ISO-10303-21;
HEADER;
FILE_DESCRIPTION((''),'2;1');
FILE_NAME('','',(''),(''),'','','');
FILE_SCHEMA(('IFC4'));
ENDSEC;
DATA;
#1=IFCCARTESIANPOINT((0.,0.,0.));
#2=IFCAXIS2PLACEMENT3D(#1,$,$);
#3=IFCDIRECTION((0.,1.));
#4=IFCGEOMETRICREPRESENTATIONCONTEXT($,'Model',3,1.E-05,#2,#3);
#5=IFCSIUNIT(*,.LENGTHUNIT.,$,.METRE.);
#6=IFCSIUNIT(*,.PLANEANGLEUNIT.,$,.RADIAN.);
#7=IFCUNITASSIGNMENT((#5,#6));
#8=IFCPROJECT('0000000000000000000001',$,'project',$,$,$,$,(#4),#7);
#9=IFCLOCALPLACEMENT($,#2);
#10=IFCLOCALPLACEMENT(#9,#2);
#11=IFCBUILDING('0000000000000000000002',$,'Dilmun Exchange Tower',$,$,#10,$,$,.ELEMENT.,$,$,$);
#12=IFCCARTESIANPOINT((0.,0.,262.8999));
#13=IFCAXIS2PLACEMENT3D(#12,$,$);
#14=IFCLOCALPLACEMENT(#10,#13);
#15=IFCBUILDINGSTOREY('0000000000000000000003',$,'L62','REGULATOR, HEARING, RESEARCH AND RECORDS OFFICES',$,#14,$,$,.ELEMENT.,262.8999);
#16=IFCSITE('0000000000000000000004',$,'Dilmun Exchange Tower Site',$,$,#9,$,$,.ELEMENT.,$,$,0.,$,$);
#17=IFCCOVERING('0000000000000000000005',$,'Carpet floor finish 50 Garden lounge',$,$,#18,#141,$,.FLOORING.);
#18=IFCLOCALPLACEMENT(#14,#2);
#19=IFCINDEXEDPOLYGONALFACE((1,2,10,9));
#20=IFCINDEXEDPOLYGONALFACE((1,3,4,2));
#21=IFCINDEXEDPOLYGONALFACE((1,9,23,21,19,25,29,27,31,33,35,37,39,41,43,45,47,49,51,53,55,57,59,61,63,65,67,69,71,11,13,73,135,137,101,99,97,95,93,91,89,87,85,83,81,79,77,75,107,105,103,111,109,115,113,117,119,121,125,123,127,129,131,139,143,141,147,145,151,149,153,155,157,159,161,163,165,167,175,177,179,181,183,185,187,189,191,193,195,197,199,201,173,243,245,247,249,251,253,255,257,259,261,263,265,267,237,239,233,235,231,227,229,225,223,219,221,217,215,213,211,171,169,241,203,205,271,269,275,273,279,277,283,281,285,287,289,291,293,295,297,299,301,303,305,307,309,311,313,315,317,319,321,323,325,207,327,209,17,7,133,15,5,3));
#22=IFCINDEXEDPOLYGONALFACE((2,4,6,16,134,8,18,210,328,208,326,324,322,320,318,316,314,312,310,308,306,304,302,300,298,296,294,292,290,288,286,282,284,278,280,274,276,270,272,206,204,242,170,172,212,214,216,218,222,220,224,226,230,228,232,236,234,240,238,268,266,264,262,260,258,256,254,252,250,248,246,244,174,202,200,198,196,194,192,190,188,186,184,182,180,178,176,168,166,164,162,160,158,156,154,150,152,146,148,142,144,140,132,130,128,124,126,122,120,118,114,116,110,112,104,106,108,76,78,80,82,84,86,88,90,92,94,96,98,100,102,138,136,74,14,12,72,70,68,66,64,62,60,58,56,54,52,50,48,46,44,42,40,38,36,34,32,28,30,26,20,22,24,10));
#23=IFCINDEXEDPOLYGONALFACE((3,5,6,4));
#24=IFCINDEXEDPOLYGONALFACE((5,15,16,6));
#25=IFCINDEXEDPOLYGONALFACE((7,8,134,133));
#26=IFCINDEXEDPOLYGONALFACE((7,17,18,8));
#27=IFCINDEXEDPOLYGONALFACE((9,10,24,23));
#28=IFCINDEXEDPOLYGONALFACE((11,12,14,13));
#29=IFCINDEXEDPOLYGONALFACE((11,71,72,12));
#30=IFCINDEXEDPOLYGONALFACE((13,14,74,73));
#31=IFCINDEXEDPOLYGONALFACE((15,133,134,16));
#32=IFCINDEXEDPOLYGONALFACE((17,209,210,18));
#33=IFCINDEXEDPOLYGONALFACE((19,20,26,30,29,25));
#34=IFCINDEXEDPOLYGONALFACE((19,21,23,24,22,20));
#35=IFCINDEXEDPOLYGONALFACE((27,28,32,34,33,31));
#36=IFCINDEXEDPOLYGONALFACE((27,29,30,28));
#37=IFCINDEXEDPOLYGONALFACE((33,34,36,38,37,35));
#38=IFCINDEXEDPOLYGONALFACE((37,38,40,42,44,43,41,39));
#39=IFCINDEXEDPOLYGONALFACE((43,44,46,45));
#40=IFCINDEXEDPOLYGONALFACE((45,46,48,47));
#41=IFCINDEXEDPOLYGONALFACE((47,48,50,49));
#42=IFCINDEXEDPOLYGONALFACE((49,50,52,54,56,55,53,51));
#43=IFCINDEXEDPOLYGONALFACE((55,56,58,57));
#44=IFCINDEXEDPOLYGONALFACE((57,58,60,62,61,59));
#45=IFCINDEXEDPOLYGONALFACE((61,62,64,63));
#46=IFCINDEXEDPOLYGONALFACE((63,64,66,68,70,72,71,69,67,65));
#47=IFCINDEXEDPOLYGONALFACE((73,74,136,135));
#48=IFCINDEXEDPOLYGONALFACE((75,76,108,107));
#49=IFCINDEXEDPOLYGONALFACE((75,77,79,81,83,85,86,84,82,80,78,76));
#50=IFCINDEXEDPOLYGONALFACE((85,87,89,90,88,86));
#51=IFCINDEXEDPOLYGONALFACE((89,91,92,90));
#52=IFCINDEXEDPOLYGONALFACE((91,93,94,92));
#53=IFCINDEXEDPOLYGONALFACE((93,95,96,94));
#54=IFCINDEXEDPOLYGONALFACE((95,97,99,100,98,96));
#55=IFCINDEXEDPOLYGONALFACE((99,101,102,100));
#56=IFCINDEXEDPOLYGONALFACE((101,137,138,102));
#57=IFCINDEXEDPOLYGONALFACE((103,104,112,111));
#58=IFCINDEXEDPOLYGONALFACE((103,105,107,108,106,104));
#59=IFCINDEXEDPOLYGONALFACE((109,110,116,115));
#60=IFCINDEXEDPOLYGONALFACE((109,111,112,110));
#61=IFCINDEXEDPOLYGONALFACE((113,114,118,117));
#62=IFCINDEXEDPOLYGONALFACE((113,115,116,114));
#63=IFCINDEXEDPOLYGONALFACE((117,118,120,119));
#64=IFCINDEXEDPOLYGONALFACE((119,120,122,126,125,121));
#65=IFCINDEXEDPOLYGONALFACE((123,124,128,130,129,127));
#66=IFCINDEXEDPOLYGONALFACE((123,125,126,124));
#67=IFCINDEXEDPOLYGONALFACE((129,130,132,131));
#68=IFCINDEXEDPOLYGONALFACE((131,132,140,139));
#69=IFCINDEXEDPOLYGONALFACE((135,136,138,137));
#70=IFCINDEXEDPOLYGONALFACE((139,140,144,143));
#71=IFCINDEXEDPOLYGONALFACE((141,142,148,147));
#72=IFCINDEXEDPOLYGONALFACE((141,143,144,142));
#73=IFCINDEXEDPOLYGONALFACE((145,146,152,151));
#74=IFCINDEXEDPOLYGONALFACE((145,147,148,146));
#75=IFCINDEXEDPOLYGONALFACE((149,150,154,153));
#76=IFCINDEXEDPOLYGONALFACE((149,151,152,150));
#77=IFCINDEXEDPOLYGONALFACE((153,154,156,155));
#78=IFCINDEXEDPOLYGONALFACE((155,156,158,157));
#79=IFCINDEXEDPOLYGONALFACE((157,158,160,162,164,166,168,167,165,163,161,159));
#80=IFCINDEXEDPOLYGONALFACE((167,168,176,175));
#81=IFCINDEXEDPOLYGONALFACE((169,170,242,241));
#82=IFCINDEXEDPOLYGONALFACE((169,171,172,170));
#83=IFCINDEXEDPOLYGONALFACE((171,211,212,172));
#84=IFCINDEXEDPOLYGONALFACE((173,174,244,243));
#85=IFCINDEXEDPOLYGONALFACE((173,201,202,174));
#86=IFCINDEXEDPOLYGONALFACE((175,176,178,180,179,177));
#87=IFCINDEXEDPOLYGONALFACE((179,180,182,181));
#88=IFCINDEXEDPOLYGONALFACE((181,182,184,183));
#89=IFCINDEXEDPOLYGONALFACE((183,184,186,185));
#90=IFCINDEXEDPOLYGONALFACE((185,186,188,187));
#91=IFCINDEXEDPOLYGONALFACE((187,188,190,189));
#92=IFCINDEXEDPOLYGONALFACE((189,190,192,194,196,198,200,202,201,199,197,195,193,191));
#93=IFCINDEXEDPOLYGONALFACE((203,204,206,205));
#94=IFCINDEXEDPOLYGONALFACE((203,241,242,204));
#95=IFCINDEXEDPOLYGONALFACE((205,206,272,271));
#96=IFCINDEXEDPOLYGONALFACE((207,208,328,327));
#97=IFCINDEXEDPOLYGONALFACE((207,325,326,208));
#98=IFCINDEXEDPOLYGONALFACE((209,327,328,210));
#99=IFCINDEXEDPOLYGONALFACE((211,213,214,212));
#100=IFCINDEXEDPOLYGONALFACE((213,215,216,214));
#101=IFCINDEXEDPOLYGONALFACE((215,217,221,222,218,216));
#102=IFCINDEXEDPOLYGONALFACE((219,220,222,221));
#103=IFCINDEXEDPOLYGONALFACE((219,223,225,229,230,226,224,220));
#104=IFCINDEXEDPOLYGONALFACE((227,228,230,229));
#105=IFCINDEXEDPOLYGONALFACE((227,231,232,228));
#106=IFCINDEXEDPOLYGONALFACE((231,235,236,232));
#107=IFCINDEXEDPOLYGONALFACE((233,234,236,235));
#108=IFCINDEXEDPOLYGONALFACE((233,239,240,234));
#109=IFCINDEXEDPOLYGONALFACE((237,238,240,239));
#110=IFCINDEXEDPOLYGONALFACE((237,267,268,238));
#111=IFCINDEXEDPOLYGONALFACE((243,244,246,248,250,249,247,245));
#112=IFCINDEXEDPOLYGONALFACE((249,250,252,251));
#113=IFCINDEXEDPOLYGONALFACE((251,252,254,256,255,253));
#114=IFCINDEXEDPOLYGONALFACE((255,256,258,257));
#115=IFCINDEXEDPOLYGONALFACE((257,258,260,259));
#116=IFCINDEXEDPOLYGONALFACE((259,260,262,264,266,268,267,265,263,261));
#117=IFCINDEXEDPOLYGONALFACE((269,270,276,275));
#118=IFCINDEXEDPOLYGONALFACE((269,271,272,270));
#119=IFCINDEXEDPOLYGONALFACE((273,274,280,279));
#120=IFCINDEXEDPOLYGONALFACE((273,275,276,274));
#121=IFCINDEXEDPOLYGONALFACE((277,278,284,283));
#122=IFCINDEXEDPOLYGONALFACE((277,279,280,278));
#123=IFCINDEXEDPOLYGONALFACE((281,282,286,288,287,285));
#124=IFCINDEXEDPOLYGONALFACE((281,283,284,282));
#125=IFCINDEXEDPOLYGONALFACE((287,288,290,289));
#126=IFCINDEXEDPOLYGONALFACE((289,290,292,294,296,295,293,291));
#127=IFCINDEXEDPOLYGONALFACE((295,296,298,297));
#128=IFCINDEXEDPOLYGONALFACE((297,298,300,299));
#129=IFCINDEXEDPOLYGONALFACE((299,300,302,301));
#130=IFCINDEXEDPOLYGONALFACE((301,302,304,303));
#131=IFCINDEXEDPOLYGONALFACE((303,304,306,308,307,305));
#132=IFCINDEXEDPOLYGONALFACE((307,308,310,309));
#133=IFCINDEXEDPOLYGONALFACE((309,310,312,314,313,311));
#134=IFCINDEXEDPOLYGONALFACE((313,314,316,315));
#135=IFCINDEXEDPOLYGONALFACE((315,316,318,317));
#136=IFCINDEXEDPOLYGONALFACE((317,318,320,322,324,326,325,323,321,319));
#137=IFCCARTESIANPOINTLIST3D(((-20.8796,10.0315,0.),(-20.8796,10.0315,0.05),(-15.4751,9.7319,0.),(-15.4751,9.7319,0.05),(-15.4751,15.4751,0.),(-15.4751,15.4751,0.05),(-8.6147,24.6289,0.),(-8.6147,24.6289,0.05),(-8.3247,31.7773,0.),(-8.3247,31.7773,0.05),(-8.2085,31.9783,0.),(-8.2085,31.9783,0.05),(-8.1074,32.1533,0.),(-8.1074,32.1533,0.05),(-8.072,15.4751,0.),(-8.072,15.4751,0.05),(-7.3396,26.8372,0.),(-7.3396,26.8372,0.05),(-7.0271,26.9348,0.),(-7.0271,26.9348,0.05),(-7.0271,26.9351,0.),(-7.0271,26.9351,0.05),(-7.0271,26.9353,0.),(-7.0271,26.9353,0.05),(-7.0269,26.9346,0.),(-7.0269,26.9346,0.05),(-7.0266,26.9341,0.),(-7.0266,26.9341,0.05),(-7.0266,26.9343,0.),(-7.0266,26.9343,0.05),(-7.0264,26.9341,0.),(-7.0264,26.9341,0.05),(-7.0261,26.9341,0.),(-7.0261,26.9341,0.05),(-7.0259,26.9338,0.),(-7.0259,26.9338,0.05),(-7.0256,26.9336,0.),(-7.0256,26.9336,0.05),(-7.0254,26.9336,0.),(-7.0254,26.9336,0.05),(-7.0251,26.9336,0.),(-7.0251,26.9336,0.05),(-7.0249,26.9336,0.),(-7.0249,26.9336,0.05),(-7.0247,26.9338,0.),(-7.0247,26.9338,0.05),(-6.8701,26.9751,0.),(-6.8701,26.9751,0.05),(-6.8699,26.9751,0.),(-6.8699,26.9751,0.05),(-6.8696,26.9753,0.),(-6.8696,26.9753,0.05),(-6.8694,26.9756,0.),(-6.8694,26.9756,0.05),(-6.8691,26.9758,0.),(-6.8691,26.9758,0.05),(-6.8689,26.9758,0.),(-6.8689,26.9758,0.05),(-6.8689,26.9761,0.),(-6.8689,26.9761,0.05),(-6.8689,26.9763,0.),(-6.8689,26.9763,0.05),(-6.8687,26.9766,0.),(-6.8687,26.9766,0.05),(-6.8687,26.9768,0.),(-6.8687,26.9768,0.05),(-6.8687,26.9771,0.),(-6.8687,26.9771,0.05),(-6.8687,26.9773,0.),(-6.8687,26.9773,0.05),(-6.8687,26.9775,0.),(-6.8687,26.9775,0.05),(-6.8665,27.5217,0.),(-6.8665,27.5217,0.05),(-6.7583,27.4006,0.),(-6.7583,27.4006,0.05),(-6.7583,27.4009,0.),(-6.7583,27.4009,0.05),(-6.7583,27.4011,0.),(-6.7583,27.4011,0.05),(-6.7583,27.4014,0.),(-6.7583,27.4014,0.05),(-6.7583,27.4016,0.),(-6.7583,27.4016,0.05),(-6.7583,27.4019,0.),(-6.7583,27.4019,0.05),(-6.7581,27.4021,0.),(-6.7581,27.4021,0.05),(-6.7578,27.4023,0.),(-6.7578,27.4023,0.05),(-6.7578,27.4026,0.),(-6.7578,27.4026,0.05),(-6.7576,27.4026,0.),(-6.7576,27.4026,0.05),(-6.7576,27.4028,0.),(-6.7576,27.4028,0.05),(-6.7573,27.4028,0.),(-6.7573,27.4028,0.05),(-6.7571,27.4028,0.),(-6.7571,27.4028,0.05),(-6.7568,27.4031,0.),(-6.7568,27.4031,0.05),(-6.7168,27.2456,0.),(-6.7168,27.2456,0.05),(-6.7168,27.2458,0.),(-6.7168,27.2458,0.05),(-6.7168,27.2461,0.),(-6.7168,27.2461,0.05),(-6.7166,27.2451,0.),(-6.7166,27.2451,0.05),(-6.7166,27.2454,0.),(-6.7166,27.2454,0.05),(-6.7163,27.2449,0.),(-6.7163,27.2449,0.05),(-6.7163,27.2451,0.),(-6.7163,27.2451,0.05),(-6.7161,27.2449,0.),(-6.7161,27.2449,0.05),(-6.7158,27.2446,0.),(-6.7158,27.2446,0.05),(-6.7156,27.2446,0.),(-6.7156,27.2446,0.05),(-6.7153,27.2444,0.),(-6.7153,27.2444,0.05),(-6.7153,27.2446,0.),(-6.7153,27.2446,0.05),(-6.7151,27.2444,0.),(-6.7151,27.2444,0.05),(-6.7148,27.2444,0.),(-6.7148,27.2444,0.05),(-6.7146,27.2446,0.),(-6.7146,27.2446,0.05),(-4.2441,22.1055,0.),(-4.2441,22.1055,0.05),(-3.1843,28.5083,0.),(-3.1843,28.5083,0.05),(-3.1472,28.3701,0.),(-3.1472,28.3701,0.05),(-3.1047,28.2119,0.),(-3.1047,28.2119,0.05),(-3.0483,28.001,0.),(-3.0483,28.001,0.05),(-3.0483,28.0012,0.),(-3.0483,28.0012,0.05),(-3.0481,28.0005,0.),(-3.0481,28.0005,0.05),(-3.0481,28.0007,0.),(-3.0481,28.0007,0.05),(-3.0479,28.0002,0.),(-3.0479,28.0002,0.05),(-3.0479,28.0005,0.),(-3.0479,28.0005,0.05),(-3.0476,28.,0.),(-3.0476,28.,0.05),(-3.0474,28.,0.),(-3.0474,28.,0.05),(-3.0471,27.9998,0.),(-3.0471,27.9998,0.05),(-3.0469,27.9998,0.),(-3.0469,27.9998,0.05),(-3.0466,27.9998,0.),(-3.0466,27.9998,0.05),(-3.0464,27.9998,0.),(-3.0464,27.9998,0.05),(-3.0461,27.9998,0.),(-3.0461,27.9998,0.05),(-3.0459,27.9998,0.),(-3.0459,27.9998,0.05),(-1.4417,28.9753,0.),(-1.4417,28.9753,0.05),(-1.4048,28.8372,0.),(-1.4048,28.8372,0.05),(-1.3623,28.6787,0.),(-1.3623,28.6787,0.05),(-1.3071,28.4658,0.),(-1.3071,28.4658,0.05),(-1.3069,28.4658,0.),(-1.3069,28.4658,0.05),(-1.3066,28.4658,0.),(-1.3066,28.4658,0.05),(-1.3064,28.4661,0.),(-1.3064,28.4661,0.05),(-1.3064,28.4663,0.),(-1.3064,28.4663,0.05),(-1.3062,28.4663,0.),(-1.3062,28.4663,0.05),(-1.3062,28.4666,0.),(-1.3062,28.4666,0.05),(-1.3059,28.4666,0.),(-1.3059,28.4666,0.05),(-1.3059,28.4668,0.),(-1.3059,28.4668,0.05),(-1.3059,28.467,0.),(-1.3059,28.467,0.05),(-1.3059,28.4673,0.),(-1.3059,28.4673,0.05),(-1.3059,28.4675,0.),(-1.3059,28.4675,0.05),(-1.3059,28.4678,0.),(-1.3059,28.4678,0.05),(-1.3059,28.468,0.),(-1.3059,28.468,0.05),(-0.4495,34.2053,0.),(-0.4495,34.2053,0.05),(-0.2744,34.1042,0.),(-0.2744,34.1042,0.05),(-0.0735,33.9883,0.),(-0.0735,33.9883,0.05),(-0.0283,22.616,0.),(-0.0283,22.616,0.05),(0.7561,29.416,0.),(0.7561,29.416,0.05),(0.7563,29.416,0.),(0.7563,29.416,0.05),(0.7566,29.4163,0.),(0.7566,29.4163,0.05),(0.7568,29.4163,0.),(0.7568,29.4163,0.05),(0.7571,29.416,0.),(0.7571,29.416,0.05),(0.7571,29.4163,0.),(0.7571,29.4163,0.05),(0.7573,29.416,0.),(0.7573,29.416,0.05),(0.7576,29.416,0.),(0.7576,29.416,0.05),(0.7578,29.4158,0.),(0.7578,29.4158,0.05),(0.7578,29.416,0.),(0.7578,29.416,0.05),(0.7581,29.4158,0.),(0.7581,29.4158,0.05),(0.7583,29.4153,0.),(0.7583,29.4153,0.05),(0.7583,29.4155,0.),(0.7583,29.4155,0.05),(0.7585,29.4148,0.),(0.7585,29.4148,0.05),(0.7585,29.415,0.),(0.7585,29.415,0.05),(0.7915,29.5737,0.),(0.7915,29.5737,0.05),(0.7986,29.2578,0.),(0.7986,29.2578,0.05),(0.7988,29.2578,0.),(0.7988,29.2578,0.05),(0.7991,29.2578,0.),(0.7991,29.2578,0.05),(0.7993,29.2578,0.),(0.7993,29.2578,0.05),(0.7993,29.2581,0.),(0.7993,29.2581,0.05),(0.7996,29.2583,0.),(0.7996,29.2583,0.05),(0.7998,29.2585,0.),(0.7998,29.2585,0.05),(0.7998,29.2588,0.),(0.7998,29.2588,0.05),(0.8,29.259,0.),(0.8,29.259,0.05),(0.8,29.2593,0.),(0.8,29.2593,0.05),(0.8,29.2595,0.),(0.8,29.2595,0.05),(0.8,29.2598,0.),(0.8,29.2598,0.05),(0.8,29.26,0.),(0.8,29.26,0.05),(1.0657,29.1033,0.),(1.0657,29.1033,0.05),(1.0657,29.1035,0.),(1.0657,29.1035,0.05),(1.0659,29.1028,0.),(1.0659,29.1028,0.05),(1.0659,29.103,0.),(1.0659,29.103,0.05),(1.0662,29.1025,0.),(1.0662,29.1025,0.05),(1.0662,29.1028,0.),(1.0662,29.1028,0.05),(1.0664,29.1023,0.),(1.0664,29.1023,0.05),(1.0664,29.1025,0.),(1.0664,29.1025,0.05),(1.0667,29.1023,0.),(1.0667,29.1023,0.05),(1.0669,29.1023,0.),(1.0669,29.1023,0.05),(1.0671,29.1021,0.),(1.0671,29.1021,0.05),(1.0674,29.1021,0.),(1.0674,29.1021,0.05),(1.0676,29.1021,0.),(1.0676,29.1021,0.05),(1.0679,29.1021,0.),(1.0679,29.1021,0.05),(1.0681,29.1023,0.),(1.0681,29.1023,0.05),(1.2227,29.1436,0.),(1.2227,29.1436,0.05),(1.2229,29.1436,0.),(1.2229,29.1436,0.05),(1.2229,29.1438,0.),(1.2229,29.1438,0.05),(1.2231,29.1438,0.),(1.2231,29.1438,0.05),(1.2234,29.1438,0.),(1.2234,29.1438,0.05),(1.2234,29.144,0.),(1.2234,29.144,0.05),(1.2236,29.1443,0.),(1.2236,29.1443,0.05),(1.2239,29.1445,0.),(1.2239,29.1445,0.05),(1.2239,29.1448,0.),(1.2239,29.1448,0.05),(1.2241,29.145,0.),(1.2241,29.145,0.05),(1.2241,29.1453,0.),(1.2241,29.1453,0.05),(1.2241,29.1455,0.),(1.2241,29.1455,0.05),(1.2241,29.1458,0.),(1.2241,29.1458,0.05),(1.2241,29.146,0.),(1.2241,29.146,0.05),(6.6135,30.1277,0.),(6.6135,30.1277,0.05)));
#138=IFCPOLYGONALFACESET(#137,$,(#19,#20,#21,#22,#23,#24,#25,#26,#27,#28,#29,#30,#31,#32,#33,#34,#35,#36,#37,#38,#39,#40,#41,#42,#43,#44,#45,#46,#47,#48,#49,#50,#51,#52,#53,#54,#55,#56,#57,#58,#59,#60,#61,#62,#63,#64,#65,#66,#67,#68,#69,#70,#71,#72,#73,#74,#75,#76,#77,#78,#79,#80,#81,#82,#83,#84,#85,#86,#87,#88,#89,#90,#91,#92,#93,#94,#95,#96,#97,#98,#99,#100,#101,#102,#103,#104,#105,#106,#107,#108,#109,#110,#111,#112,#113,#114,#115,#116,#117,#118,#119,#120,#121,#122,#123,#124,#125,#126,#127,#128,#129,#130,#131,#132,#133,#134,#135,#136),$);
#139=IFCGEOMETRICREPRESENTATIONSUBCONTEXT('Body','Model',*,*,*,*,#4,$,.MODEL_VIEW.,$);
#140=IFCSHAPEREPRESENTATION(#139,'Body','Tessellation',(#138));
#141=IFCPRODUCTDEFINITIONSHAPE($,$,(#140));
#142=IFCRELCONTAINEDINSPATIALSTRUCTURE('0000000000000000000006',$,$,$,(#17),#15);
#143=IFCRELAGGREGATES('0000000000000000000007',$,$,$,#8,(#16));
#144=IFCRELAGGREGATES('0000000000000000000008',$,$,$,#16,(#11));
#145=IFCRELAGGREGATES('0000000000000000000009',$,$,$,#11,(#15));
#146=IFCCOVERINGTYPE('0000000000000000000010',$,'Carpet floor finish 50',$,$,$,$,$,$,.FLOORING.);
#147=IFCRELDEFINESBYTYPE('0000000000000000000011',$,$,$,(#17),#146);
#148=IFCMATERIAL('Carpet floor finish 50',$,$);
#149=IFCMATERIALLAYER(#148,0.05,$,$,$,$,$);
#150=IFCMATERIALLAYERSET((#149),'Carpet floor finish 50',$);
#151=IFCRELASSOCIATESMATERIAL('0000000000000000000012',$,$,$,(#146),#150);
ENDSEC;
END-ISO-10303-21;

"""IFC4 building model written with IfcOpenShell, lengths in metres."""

from ifc_helpers import new_model, si_unit, direction, frame, origin, place, context, subcontext, project, spatial, polyline, outline, extrude, material, layer, layer_set, type_object, element, save


model = new_model("IFC4")

# Units and contexts
model_context = context("Model", 3, precision=1e-05, world=origin(), true_north=direction((0.0, 1.0)))
body_context = subcontext(model_context, "Body", "Model", "MODEL_VIEW")
ifc_project = project(units=[si_unit("LENGTHUNIT", "METRE"), si_unit("PLANEANGLEUNIT", "RADIAN")], contexts=[model_context])

# Site, building, storey
site_placement = place(None, origin())
site = spatial("IfcSite", under=ifc_project, at=site_placement, Name="Dilmun Exchange Tower Site", CompositionType="ELEMENT", RefElevation=0.0)
building_placement = place(site_placement, origin())
building = spatial("IfcBuilding", under=site, at=building_placement, Name="Dilmun Exchange Tower", CompositionType="ELEMENT")
storey_placement = place(building_placement, frame((0.0, 0.0, 262.8999)))
storey = spatial("IfcBuildingStorey", under=building, at=storey_placement, Name="L62", Description="REGULATOR, HEARING, RESEARCH AND RECORDS OFFICES", CompositionType="ELEMENT", Elevation=262.8999)

# Covering
ifc_material_1 = material(Name="Carpet floor finish 50")
ifc_layer_1 = layer(ifc_material_1, 0.05)
ifc_layer_set_1 = layer_set([ifc_layer_1], Name="Carpet floor finish 50")
covering_type_1 = type_object("IfcCoveringType", Name="Carpet floor finish 50", PredefinedType="FLOORING", material=ifc_layer_set_1)
covering_1_placement = place(storey_placement, origin())
element("IfcCovering", 1, at=covering_1_placement, inside=storey, type_object=covering_type_1, Name="Carpet floor finish 50 Garden lounge", PredefinedType="FLOORING", context=body_context, shape_type="SweptSolid", body=[
    extrude(outline(polyline([(-0.0283, 22.616), (-7.3396, 26.8372), (-8.6147, 24.6289), (-4.2441, 22.1055), (-8.072, 15.4751), (-15.4751, 15.4751), (-15.4751, 9.7319), (-20.8796, 10.0315), (-8.3247, 31.7773), (-7.0271, 26.9353), (-7.0271, 26.9351), (-7.0271, 26.9348), (-7.0269, 26.9346), (-7.0269, 26.9346), (-7.0266, 26.9343), (-7.0266, 26.9341), (-7.0264, 26.9341), (-7.0261, 26.9341), (-7.0259, 26.9338), (-7.0259, 26.9338), (-7.0256, 26.9336), (-7.0254, 26.9336), (-7.0251, 26.9336), (-7.0249, 26.9336), (-7.0249, 26.9336), (-7.0247, 26.9338), (-6.8701, 26.9751), (-6.8699, 26.9751), (-6.8696, 26.9753), (-6.8696, 26.9753), (-6.8694, 26.9756), (-6.8694, 26.9756), (-6.8691, 26.9758), (-6.8689, 26.9758), (-6.8689, 26.9761), (-6.8689, 26.9763), (-6.8687, 26.9766), (-6.8687, 26.9768), (-6.8687, 26.9768), (-6.8687, 26.9771), (-6.8687, 26.9773), (-6.8687, 26.9773), (-6.8687, 26.9775), (-8.2085, 31.9783), (-8.1074, 32.1533), (-6.8665, 27.5217), (-3.1843, 28.5083), (-3.1472, 28.3701), (-6.7568, 27.4031), (-6.7571, 27.4028), (-6.7573, 27.4028), (-6.7576, 27.4028), (-6.7576, 27.4026), (-6.7578, 27.4026), (-6.7578, 27.4023), (-6.7581, 27.4021), (-6.7581, 27.4021), (-6.7583, 27.4019), (-6.7583, 27.4016), (-6.7583, 27.4016), (-6.7583, 27.4014), (-6.7583, 27.4011), (-6.7583, 27.4009), (-6.7583, 27.4006), (-6.7583, 27.4006), (-6.7168, 27.2461), (-6.7168, 27.2458), (-6.7168, 27.2456), (-6.7168, 27.2456), (-6.7166, 27.2454), (-6.7166, 27.2451), (-6.7163, 27.2451), (-6.7163, 27.2449), (-6.7161, 27.2449), (-6.7158, 27.2446), (-6.7156, 27.2446), (-6.7153, 27.2446), (-6.7153, 27.2444), (-6.7151, 27.2444), (-6.7148, 27.2444), (-6.7146, 27.2446), (-6.7146, 27.2446), (-3.1047, 28.2119), (-3.0483, 28.0012), (-3.0483, 28.001), (-3.0481, 28.0007), (-3.0481, 28.0007), (-3.0481, 28.0005), (-3.0479, 28.0005), (-3.0479, 28.0002), (-3.0476, 28.0), (-3.0476, 28.0), (-3.0474, 28.0), (-3.0471, 27.9998), (-3.0469, 27.9998), (-3.0466, 27.9998), (-3.0464, 27.9998), (-3.0464, 27.9998), (-3.0461, 27.9998), (-3.0459, 27.9998), (-1.3071, 28.4658), (-1.3069, 28.4658), (-1.3069, 28.4658), (-1.3066, 28.4658), (-1.3064, 28.4661), (-1.3064, 28.4663), (-1.3062, 28.4663), (-1.3062, 28.4666), (-1.3059, 28.4666), (-1.3059, 28.4668), (-1.3059, 28.467), (-1.3059, 28.4673), (-1.3059, 28.4673), (-1.3059, 28.4675), (-1.3059, 28.4678), (-1.3059, 28.468), (-1.3059, 28.468), (-1.3623, 28.6787), (0.7986, 29.2578), (0.7988, 29.2578), (0.7991, 29.2578), (0.7993, 29.2578), (0.7993, 29.2581), (0.7996, 29.2583), (0.7996, 29.2583), (0.7998, 29.2585), (0.7998, 29.2585), (0.7998, 29.2588), (0.8, 29.259), (0.8, 29.2593), (0.8, 29.2595), (0.8, 29.2595), (0.8, 29.2598), (0.8, 29.26), (0.8, 29.26), (0.7585, 29.4148), (0.7585, 29.4148), (0.7585, 29.415), (0.7583, 29.4153), (0.7583, 29.4153), (0.7583, 29.4155), (0.7581, 29.4158), (0.7578, 29.4158), (0.7578, 29.416), (0.7576, 29.416), (0.7573, 29.416), (0.7571, 29.416), (0.7571, 29.4163), (0.7568, 29.4163), (0.7566, 29.4163), (0.7563, 29.416), (0.7561, 29.416), (-1.4048, 28.8372), (-1.4417, 28.9753), (0.7915, 29.5737), (-0.4495, 34.2053), (-0.2744, 34.1042), (1.0657, 29.1035), (1.0657, 29.1035), (1.0657, 29.1033), (1.0659, 29.103), (1.0659, 29.1028), (1.0662, 29.1028), (1.0662, 29.1025), (1.0664, 29.1025), (1.0664, 29.1023), (1.0667, 29.1023), (1.0669, 29.1023), (1.0671, 29.1021), (1.0674, 29.1021), (1.0674, 29.1021), (1.0676, 29.1021), (1.0679, 29.1021), (1.0681, 29.1023), (1.2227, 29.1436), (1.2229, 29.1436), (1.2229, 29.1438), (1.2231, 29.1438), (1.2234, 29.1438), (1.2234, 29.144), (1.2236, 29.1443), (1.2236, 29.1443), (1.2239, 29.1445), (1.2239, 29.1448), (1.2241, 29.145), (1.2241, 29.145), (1.2241, 29.1453), (1.2241, 29.1455), (1.2241, 29.1455), (1.2241, 29.1458), (1.2241, 29.146), (-0.0735, 33.9883), (6.6135, 30.1277), (-0.0283, 22.616)])), origin(), (0.0, 0.0, 1.0), 0.05),
])

save(model, "model.ifc")
